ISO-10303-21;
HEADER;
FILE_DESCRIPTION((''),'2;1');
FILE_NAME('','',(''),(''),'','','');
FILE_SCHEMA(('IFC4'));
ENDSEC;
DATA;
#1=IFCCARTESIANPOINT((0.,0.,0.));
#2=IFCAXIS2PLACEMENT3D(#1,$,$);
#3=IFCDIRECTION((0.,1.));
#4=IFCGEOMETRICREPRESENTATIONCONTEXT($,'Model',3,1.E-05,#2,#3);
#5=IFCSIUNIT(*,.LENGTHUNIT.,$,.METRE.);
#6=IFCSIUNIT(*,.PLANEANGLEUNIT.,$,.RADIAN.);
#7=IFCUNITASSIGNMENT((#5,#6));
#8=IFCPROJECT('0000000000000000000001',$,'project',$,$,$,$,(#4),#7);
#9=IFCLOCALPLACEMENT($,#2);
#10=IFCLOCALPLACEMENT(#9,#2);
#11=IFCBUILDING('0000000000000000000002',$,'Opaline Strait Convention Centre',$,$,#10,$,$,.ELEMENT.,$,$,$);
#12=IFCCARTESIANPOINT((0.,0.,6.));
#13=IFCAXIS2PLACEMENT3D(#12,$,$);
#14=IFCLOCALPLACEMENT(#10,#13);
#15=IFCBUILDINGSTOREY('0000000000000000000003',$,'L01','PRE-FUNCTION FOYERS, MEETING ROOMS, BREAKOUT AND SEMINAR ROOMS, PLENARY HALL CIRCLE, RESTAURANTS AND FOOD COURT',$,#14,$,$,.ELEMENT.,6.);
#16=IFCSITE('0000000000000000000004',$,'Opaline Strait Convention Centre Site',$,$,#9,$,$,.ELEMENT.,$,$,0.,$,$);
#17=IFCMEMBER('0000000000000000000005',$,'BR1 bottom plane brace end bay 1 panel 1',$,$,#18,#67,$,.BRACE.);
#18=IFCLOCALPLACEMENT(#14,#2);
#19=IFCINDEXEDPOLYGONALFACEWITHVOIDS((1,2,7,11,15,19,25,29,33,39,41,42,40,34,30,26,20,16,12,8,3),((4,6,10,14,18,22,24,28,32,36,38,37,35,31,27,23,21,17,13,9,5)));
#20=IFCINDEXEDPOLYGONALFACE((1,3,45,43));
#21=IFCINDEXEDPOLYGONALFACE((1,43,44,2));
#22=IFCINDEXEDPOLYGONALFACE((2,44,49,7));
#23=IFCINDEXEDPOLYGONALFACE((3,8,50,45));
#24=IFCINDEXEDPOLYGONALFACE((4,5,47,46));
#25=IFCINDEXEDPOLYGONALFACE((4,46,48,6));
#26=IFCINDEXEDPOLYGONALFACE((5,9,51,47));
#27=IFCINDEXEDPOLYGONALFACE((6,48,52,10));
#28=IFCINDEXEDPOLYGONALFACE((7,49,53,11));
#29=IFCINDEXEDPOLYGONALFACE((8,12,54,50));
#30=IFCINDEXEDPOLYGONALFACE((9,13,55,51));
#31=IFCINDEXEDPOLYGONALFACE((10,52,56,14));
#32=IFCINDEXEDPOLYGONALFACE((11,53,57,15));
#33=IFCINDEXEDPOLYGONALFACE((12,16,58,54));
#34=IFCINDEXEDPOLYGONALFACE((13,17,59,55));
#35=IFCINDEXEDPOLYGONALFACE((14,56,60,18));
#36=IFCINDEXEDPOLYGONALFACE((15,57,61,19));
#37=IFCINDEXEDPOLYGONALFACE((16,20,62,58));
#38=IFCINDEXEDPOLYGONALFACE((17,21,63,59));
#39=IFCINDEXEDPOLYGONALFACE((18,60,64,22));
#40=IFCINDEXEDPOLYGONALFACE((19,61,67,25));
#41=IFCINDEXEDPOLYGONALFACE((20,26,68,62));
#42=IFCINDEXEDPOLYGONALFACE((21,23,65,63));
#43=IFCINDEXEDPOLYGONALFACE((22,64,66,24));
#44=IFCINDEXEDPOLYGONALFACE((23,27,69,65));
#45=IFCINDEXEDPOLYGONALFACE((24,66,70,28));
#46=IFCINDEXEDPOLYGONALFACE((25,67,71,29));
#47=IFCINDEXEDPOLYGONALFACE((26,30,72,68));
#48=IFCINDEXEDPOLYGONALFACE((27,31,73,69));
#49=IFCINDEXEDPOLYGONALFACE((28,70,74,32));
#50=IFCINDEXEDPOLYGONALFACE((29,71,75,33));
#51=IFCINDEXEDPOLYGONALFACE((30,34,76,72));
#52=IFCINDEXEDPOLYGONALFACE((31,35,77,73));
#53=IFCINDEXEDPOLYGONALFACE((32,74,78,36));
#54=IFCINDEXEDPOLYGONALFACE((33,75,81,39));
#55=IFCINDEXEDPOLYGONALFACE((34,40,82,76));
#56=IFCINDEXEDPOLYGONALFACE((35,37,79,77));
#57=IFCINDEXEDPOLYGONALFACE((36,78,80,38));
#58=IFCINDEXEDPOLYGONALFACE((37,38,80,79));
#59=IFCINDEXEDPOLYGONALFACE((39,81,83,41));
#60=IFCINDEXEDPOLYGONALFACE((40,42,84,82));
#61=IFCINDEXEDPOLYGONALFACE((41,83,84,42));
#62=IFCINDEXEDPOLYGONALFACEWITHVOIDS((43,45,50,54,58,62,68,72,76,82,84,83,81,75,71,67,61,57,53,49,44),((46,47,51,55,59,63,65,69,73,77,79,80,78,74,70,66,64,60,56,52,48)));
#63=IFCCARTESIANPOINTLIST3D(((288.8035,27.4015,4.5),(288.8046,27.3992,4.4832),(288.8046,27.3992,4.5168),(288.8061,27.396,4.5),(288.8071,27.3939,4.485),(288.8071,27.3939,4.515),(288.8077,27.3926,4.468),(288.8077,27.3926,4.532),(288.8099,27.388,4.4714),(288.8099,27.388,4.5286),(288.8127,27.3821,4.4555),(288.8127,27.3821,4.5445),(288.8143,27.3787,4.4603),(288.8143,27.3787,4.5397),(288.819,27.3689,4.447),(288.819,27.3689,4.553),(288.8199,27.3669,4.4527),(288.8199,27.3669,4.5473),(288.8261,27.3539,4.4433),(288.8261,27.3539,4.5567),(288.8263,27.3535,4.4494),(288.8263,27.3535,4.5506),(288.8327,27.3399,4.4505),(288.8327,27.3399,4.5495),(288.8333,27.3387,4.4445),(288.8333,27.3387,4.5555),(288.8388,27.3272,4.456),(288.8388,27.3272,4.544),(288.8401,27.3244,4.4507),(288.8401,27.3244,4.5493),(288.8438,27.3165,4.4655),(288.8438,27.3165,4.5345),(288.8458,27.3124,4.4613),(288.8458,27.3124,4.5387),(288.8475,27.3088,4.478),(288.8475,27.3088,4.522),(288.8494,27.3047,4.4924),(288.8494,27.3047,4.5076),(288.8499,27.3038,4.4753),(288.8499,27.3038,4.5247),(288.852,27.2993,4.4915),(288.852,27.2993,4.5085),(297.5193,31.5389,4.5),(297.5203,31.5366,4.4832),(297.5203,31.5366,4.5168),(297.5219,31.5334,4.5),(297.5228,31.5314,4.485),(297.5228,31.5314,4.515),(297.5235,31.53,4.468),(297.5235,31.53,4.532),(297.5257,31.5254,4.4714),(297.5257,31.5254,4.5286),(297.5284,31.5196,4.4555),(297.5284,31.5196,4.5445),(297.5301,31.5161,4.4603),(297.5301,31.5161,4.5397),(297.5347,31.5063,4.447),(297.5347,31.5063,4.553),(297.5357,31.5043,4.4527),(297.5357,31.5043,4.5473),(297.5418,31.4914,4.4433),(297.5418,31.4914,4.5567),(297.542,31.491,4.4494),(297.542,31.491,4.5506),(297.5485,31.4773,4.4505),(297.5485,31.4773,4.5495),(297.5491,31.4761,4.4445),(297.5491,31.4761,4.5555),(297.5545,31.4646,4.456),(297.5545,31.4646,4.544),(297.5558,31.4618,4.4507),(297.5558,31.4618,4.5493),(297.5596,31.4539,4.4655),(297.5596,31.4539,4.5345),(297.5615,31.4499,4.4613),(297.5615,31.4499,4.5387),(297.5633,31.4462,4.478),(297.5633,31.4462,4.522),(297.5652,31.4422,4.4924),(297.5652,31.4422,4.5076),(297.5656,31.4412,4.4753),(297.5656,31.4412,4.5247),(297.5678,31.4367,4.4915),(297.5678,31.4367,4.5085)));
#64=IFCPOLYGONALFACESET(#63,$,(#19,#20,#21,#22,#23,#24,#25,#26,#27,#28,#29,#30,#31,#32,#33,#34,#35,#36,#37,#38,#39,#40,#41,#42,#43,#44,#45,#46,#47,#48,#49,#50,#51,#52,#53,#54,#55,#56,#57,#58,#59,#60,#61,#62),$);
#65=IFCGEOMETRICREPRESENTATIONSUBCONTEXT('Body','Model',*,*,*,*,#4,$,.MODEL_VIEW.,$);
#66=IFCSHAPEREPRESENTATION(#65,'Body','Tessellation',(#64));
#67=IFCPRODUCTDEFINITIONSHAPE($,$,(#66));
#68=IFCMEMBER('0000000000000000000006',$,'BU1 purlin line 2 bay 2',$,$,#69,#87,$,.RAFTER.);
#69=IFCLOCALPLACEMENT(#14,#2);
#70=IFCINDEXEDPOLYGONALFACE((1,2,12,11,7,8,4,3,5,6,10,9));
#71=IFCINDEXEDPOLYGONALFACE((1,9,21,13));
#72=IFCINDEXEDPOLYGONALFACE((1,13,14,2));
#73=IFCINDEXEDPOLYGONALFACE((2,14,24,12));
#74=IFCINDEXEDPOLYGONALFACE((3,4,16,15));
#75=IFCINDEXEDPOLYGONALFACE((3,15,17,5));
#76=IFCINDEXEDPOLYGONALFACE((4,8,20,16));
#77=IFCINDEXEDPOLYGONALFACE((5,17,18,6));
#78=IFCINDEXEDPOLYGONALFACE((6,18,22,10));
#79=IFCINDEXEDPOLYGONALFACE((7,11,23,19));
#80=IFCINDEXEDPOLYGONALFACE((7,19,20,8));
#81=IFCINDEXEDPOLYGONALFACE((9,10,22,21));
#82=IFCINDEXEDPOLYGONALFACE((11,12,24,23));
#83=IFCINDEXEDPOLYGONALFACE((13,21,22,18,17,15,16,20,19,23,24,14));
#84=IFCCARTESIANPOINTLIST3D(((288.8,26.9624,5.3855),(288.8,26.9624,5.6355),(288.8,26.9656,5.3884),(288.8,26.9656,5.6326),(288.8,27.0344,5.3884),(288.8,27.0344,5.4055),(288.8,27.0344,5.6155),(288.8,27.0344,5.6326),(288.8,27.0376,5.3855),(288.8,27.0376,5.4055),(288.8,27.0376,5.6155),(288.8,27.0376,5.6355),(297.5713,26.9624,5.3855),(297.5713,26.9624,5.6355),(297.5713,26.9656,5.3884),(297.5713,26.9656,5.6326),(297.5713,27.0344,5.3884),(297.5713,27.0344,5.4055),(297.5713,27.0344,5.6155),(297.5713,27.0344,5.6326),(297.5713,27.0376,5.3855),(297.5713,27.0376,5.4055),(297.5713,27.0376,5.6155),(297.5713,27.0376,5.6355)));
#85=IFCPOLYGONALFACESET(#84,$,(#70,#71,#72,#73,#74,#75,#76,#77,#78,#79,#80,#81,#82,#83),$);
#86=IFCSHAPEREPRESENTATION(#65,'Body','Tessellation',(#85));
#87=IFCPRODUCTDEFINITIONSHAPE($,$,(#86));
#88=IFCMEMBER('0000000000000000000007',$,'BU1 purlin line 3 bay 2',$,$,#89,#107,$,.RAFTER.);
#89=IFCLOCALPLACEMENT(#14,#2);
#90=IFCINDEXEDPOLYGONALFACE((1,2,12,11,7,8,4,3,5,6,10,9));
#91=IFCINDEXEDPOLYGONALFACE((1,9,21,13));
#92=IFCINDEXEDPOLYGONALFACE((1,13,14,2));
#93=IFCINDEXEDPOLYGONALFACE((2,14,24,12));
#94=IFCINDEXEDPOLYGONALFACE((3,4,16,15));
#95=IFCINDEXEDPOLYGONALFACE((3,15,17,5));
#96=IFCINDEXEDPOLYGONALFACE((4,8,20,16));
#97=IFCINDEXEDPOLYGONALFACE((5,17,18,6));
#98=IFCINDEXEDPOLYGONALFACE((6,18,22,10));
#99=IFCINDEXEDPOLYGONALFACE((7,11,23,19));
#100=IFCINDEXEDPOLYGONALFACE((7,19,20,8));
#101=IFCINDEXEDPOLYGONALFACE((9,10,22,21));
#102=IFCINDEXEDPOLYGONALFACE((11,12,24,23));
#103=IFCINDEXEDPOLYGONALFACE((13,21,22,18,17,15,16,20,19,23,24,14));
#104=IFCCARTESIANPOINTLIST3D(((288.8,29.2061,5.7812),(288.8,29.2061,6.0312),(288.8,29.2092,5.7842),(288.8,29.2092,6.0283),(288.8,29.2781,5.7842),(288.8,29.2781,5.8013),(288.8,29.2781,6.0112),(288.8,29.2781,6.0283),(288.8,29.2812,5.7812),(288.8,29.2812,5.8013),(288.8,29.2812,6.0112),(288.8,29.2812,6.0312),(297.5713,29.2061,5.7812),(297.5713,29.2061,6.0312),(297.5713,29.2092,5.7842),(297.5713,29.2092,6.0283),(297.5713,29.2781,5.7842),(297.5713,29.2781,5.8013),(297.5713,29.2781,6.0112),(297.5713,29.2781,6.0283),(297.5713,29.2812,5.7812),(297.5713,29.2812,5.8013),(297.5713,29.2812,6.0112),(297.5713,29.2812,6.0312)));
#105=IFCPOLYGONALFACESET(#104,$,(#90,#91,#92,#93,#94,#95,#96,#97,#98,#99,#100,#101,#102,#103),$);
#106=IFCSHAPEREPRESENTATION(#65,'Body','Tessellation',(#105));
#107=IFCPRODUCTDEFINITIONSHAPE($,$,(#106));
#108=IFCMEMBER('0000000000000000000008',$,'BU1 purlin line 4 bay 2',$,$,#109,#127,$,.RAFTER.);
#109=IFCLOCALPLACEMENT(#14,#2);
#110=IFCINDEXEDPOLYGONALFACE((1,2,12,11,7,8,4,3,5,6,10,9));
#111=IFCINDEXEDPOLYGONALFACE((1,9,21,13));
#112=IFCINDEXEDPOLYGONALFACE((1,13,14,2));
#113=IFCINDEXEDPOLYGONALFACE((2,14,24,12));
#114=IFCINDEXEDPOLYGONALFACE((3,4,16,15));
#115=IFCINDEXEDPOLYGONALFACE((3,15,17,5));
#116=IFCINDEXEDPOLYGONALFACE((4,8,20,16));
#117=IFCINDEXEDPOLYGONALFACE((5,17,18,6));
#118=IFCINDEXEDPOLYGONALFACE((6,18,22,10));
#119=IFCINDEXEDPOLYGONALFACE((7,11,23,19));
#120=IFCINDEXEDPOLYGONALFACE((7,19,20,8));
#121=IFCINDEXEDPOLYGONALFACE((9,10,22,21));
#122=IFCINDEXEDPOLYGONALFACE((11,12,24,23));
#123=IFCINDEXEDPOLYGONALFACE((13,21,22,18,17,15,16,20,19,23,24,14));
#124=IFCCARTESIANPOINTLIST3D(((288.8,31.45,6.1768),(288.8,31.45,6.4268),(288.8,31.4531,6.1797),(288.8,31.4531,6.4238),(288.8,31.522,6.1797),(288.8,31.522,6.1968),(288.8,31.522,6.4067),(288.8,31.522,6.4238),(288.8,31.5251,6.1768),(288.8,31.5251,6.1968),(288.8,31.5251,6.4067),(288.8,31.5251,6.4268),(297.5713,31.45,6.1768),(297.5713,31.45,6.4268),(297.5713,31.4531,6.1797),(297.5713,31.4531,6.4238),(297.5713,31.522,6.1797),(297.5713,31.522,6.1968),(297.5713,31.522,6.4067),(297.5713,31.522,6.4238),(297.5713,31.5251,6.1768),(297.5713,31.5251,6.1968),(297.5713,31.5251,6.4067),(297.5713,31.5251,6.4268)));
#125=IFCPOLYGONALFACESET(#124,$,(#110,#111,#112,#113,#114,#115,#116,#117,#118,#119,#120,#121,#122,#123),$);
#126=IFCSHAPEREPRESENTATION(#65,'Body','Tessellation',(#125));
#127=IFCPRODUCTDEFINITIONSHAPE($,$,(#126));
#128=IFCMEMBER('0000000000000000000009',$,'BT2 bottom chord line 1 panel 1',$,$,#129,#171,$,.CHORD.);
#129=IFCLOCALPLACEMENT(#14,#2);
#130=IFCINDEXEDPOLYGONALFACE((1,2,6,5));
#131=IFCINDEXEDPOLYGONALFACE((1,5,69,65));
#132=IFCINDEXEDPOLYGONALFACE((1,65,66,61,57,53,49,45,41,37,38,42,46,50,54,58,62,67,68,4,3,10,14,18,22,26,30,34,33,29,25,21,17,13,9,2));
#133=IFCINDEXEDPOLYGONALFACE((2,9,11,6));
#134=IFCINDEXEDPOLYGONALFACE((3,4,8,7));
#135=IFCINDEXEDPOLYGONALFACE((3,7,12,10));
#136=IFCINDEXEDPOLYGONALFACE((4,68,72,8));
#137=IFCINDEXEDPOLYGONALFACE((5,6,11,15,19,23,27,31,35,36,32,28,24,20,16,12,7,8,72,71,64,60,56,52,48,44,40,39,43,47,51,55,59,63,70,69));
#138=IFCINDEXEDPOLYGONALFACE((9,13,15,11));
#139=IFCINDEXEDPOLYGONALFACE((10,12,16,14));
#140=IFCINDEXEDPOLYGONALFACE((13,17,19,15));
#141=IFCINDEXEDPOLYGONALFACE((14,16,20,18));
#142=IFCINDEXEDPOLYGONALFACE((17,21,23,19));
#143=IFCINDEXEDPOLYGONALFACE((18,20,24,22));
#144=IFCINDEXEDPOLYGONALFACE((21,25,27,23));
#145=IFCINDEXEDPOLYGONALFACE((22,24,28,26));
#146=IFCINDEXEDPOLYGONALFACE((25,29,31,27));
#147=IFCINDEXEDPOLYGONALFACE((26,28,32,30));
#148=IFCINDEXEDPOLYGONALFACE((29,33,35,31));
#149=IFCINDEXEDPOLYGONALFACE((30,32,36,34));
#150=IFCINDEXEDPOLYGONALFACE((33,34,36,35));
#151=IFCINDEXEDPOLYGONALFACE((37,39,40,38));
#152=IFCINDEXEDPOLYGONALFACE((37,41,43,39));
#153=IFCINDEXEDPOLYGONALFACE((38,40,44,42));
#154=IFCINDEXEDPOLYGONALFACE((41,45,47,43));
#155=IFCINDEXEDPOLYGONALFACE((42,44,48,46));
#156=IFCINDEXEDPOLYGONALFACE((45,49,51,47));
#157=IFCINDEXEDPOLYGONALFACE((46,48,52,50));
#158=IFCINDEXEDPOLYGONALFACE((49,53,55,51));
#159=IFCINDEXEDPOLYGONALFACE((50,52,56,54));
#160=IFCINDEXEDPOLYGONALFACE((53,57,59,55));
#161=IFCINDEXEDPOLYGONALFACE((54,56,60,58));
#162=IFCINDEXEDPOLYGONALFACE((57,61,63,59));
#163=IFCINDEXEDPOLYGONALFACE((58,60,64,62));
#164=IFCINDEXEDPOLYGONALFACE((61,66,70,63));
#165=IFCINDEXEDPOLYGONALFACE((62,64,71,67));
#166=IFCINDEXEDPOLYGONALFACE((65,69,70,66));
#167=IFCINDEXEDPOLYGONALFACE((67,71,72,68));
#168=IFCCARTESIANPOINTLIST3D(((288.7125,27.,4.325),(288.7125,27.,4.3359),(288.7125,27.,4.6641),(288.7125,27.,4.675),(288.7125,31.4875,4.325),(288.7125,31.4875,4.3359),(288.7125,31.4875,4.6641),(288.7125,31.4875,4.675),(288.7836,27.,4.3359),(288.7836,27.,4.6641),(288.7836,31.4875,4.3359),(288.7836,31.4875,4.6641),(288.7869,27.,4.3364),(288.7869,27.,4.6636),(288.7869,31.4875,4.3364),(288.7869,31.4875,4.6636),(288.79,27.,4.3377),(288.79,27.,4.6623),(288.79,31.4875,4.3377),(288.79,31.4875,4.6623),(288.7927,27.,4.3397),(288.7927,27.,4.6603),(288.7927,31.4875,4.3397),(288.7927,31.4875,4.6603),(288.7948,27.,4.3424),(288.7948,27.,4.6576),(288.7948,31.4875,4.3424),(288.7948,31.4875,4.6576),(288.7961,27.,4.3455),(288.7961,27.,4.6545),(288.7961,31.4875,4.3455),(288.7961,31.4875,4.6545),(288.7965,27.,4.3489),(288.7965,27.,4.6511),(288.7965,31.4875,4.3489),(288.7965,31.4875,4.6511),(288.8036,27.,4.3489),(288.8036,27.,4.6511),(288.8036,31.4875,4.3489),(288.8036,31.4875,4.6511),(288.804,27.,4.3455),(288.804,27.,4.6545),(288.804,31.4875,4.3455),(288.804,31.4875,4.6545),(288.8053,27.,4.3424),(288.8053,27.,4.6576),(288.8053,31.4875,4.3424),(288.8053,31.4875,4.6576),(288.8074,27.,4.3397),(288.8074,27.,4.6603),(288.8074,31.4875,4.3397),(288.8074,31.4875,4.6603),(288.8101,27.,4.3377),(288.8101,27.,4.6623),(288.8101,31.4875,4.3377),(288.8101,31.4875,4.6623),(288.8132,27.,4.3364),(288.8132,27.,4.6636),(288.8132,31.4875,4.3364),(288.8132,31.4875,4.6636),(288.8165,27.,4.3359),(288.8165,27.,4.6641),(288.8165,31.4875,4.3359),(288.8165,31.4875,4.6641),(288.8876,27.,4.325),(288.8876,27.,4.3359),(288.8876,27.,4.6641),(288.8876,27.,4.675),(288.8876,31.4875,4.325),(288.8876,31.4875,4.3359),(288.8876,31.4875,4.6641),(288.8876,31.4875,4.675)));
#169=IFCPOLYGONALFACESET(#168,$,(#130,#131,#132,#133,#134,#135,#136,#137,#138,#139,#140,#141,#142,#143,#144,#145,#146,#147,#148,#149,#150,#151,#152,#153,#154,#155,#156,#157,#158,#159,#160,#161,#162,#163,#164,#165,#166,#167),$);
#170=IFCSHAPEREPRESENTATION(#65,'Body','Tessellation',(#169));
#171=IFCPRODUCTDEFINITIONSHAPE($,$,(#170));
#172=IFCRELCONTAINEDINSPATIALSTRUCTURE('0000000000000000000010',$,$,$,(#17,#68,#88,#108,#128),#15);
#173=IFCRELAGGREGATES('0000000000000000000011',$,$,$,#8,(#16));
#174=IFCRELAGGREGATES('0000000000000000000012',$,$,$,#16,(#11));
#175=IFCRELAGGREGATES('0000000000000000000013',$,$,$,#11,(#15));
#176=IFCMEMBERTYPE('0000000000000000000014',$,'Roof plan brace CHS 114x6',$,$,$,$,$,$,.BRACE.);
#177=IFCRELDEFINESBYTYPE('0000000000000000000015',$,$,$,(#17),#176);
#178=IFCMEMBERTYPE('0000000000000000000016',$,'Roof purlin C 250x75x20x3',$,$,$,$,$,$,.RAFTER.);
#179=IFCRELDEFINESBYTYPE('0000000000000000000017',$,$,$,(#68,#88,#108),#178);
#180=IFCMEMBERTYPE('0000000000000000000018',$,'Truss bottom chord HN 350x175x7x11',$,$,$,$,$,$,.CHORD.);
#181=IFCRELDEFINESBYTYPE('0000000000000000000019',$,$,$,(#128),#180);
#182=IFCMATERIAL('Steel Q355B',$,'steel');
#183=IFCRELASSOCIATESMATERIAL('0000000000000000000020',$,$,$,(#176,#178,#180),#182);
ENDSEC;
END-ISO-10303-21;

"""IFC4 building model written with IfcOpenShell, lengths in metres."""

from ifc_helpers import new_model, si_unit, direction, frame, origin, origin_2d, place, context, subcontext, project, spatial, polyline, hollow_circle, i_section, outline, extrude, material, material_profile, profile_set, type_object, element, save


model = new_model("IFC4")

# Units and contexts
model_context = context("Model", 3, precision=1e-05, world=origin(), true_north=direction((0.0, 1.0)))
body_context = subcontext(model_context, "Body", "Model", "MODEL_VIEW")
ifc_project = project(units=[si_unit("LENGTHUNIT", "METRE"), si_unit("PLANEANGLEUNIT", "RADIAN")], contexts=[model_context])

# Site, building, storey
site_placement = place(None, origin())
site = spatial("IfcSite", under=ifc_project, at=site_placement, Name="Opaline Strait Convention Centre Site", CompositionType="ELEMENT", RefElevation=0.0)
building_placement = place(site_placement, origin())
building = spatial("IfcBuilding", under=site, at=building_placement, Name="Opaline Strait Convention Centre", CompositionType="ELEMENT")
storey_placement = place(building_placement, frame((0.0, 0.0, 6.0)))
storey = spatial("IfcBuildingStorey", under=building, at=storey_placement, Name="L01", Description="PRE-FUNCTION FOYERS, MEETING ROOMS, BREAKOUT AND SEMINAR ROOMS, PLENARY HALL CIRCLE, RESTAURANTS AND FOOD COURT", CompositionType="ELEMENT", Elevation=6.0)

# Members
ifc_material_1 = material(Name="Steel Q355B", Category="steel")
ifc_material_profile_1 = material_profile(ifc_material_1, hollow_circle(Radius=0.0569, WallThickness=0.0061, at=origin_2d()), Name="CHS 114x6")
ifc_profile_set_1 = profile_set([ifc_material_profile_1], Name="Steel Q355B")
member_type_1 = type_object("IfcMemberType", Name="Roof plan brace CHS 114x6", PredefinedType="BRACE", material=ifc_profile_set_1)
member_1_placement = place(storey_placement, frame((288.8279, 27.3501, 4.5), z_axis=(0.90338, 0.42884, 0.0), x_axis=(-0.42884, 0.90338, 0.0)))
element("IfcMember", 1, at=member_1_placement, inside=storey, type_object=member_type_1, Name="BR1 bottom plane brace end bay 1 panel 1", PredefinedType="BRACE", context=body_context, shape_type="SweptSolid", body=[
    extrude(hollow_circle(Radius=0.0569, WallThickness=0.0061, at=origin_2d()), origin(), (0.0, 0.0, 1.0), 9.6479),
])
ifc_material_profile_2 = material_profile(ifc_material_1, outline(polyline([(-0.0376, -0.125), (0.0376, -0.125), (0.0376, -0.105), (0.0344, -0.105), (0.0344, -0.1221), (-0.0344, -0.1221), (-0.0344, 0.1221), (0.0344, 0.1221), (0.0344, 0.105), (0.0376, 0.105), (0.0376, 0.125), (-0.0376, 0.125), (-0.0376, -0.125)])), Name="C 250x75x20x3")
ifc_profile_set_2 = profile_set([ifc_material_profile_2], Name="Steel Q355B")
member_type_2 = type_object("IfcMemberType", Name="Roof purlin C 250x75x20x3", PredefinedType="RAFTER", material=ifc_profile_set_2)
for number, where, z_axis, x_axis, name in (
    (2, (288.8, 27.0, 5.5105), (1.0, 0.0, 0.0), (0.0, 1.0, 0.0), "BU1 purlin line 2 bay 2"),
    (3, (288.8, 29.2437, 5.9062), (1.0, 0.0, 0.0), (0.0, 1.0, 0.0), "BU1 purlin line 3 bay 2"),
    (4, (288.8, 31.4875, 6.3018), (1.0, 0.0, 0.0), (0.0, 1.0, 0.0), "BU1 purlin line 4 bay 2"),
):
    element("IfcMember", number, at=place(storey_placement, frame(where, z_axis=z_axis, x_axis=x_axis)), inside=storey, type_object=member_type_2, Name=name, PredefinedType="RAFTER", context=body_context, shape_type="SweptSolid", body=[
        extrude(outline(polyline([(-0.0376, -0.125), (0.0376, -0.125), (0.0376, -0.105), (0.0344, -0.105), (0.0344, -0.1221), (-0.0344, -0.1221), (-0.0344, 0.1221), (0.0344, 0.1221), (0.0344, 0.105), (0.0376, 0.105), (0.0376, 0.125), (-0.0376, 0.125), (-0.0376, -0.125)])), origin(), (0.0, 0.0, 1.0), 8.7712),
    ])
ifc_material_profile_3 = material_profile(ifc_material_1, i_section(OverallWidth=0.175, OverallDepth=0.3501, WebThickness=0.0071, FlangeThickness=0.011, FilletRadius=0.0129, at=origin_2d()), Name="HN 350x175x7x11")
ifc_profile_set_3 = profile_set([ifc_material_profile_3], Name="Steel Q355B")
member_type_3 = type_object("IfcMemberType", Name="Truss bottom chord HN 350x175x7x11", PredefinedType="CHORD", material=ifc_profile_set_3)
for number, where, z_axis, x_axis, name in (
    (5, (288.8, 27.0, 4.5), (0.0, 1.0, 0.0), (-1.0, 0.0, 0.0), "BT2 bottom chord line 1 panel 1"),
):
    element("IfcMember", number, at=place(storey_placement, frame(where, z_axis=z_axis, x_axis=x_axis)), inside=storey, type_object=member_type_3, Name=name, PredefinedType="CHORD", context=body_context, shape_type="SweptSolid", body=[
        extrude(i_section(OverallWidth=0.175, OverallDepth=0.3501, WebThickness=0.0071, FlangeThickness=0.011, FilletRadius=0.0129, at=origin_2d()), origin(), (0.0, 0.0, 1.0), 4.4875),
    ])

save(model, "model.ifc")
